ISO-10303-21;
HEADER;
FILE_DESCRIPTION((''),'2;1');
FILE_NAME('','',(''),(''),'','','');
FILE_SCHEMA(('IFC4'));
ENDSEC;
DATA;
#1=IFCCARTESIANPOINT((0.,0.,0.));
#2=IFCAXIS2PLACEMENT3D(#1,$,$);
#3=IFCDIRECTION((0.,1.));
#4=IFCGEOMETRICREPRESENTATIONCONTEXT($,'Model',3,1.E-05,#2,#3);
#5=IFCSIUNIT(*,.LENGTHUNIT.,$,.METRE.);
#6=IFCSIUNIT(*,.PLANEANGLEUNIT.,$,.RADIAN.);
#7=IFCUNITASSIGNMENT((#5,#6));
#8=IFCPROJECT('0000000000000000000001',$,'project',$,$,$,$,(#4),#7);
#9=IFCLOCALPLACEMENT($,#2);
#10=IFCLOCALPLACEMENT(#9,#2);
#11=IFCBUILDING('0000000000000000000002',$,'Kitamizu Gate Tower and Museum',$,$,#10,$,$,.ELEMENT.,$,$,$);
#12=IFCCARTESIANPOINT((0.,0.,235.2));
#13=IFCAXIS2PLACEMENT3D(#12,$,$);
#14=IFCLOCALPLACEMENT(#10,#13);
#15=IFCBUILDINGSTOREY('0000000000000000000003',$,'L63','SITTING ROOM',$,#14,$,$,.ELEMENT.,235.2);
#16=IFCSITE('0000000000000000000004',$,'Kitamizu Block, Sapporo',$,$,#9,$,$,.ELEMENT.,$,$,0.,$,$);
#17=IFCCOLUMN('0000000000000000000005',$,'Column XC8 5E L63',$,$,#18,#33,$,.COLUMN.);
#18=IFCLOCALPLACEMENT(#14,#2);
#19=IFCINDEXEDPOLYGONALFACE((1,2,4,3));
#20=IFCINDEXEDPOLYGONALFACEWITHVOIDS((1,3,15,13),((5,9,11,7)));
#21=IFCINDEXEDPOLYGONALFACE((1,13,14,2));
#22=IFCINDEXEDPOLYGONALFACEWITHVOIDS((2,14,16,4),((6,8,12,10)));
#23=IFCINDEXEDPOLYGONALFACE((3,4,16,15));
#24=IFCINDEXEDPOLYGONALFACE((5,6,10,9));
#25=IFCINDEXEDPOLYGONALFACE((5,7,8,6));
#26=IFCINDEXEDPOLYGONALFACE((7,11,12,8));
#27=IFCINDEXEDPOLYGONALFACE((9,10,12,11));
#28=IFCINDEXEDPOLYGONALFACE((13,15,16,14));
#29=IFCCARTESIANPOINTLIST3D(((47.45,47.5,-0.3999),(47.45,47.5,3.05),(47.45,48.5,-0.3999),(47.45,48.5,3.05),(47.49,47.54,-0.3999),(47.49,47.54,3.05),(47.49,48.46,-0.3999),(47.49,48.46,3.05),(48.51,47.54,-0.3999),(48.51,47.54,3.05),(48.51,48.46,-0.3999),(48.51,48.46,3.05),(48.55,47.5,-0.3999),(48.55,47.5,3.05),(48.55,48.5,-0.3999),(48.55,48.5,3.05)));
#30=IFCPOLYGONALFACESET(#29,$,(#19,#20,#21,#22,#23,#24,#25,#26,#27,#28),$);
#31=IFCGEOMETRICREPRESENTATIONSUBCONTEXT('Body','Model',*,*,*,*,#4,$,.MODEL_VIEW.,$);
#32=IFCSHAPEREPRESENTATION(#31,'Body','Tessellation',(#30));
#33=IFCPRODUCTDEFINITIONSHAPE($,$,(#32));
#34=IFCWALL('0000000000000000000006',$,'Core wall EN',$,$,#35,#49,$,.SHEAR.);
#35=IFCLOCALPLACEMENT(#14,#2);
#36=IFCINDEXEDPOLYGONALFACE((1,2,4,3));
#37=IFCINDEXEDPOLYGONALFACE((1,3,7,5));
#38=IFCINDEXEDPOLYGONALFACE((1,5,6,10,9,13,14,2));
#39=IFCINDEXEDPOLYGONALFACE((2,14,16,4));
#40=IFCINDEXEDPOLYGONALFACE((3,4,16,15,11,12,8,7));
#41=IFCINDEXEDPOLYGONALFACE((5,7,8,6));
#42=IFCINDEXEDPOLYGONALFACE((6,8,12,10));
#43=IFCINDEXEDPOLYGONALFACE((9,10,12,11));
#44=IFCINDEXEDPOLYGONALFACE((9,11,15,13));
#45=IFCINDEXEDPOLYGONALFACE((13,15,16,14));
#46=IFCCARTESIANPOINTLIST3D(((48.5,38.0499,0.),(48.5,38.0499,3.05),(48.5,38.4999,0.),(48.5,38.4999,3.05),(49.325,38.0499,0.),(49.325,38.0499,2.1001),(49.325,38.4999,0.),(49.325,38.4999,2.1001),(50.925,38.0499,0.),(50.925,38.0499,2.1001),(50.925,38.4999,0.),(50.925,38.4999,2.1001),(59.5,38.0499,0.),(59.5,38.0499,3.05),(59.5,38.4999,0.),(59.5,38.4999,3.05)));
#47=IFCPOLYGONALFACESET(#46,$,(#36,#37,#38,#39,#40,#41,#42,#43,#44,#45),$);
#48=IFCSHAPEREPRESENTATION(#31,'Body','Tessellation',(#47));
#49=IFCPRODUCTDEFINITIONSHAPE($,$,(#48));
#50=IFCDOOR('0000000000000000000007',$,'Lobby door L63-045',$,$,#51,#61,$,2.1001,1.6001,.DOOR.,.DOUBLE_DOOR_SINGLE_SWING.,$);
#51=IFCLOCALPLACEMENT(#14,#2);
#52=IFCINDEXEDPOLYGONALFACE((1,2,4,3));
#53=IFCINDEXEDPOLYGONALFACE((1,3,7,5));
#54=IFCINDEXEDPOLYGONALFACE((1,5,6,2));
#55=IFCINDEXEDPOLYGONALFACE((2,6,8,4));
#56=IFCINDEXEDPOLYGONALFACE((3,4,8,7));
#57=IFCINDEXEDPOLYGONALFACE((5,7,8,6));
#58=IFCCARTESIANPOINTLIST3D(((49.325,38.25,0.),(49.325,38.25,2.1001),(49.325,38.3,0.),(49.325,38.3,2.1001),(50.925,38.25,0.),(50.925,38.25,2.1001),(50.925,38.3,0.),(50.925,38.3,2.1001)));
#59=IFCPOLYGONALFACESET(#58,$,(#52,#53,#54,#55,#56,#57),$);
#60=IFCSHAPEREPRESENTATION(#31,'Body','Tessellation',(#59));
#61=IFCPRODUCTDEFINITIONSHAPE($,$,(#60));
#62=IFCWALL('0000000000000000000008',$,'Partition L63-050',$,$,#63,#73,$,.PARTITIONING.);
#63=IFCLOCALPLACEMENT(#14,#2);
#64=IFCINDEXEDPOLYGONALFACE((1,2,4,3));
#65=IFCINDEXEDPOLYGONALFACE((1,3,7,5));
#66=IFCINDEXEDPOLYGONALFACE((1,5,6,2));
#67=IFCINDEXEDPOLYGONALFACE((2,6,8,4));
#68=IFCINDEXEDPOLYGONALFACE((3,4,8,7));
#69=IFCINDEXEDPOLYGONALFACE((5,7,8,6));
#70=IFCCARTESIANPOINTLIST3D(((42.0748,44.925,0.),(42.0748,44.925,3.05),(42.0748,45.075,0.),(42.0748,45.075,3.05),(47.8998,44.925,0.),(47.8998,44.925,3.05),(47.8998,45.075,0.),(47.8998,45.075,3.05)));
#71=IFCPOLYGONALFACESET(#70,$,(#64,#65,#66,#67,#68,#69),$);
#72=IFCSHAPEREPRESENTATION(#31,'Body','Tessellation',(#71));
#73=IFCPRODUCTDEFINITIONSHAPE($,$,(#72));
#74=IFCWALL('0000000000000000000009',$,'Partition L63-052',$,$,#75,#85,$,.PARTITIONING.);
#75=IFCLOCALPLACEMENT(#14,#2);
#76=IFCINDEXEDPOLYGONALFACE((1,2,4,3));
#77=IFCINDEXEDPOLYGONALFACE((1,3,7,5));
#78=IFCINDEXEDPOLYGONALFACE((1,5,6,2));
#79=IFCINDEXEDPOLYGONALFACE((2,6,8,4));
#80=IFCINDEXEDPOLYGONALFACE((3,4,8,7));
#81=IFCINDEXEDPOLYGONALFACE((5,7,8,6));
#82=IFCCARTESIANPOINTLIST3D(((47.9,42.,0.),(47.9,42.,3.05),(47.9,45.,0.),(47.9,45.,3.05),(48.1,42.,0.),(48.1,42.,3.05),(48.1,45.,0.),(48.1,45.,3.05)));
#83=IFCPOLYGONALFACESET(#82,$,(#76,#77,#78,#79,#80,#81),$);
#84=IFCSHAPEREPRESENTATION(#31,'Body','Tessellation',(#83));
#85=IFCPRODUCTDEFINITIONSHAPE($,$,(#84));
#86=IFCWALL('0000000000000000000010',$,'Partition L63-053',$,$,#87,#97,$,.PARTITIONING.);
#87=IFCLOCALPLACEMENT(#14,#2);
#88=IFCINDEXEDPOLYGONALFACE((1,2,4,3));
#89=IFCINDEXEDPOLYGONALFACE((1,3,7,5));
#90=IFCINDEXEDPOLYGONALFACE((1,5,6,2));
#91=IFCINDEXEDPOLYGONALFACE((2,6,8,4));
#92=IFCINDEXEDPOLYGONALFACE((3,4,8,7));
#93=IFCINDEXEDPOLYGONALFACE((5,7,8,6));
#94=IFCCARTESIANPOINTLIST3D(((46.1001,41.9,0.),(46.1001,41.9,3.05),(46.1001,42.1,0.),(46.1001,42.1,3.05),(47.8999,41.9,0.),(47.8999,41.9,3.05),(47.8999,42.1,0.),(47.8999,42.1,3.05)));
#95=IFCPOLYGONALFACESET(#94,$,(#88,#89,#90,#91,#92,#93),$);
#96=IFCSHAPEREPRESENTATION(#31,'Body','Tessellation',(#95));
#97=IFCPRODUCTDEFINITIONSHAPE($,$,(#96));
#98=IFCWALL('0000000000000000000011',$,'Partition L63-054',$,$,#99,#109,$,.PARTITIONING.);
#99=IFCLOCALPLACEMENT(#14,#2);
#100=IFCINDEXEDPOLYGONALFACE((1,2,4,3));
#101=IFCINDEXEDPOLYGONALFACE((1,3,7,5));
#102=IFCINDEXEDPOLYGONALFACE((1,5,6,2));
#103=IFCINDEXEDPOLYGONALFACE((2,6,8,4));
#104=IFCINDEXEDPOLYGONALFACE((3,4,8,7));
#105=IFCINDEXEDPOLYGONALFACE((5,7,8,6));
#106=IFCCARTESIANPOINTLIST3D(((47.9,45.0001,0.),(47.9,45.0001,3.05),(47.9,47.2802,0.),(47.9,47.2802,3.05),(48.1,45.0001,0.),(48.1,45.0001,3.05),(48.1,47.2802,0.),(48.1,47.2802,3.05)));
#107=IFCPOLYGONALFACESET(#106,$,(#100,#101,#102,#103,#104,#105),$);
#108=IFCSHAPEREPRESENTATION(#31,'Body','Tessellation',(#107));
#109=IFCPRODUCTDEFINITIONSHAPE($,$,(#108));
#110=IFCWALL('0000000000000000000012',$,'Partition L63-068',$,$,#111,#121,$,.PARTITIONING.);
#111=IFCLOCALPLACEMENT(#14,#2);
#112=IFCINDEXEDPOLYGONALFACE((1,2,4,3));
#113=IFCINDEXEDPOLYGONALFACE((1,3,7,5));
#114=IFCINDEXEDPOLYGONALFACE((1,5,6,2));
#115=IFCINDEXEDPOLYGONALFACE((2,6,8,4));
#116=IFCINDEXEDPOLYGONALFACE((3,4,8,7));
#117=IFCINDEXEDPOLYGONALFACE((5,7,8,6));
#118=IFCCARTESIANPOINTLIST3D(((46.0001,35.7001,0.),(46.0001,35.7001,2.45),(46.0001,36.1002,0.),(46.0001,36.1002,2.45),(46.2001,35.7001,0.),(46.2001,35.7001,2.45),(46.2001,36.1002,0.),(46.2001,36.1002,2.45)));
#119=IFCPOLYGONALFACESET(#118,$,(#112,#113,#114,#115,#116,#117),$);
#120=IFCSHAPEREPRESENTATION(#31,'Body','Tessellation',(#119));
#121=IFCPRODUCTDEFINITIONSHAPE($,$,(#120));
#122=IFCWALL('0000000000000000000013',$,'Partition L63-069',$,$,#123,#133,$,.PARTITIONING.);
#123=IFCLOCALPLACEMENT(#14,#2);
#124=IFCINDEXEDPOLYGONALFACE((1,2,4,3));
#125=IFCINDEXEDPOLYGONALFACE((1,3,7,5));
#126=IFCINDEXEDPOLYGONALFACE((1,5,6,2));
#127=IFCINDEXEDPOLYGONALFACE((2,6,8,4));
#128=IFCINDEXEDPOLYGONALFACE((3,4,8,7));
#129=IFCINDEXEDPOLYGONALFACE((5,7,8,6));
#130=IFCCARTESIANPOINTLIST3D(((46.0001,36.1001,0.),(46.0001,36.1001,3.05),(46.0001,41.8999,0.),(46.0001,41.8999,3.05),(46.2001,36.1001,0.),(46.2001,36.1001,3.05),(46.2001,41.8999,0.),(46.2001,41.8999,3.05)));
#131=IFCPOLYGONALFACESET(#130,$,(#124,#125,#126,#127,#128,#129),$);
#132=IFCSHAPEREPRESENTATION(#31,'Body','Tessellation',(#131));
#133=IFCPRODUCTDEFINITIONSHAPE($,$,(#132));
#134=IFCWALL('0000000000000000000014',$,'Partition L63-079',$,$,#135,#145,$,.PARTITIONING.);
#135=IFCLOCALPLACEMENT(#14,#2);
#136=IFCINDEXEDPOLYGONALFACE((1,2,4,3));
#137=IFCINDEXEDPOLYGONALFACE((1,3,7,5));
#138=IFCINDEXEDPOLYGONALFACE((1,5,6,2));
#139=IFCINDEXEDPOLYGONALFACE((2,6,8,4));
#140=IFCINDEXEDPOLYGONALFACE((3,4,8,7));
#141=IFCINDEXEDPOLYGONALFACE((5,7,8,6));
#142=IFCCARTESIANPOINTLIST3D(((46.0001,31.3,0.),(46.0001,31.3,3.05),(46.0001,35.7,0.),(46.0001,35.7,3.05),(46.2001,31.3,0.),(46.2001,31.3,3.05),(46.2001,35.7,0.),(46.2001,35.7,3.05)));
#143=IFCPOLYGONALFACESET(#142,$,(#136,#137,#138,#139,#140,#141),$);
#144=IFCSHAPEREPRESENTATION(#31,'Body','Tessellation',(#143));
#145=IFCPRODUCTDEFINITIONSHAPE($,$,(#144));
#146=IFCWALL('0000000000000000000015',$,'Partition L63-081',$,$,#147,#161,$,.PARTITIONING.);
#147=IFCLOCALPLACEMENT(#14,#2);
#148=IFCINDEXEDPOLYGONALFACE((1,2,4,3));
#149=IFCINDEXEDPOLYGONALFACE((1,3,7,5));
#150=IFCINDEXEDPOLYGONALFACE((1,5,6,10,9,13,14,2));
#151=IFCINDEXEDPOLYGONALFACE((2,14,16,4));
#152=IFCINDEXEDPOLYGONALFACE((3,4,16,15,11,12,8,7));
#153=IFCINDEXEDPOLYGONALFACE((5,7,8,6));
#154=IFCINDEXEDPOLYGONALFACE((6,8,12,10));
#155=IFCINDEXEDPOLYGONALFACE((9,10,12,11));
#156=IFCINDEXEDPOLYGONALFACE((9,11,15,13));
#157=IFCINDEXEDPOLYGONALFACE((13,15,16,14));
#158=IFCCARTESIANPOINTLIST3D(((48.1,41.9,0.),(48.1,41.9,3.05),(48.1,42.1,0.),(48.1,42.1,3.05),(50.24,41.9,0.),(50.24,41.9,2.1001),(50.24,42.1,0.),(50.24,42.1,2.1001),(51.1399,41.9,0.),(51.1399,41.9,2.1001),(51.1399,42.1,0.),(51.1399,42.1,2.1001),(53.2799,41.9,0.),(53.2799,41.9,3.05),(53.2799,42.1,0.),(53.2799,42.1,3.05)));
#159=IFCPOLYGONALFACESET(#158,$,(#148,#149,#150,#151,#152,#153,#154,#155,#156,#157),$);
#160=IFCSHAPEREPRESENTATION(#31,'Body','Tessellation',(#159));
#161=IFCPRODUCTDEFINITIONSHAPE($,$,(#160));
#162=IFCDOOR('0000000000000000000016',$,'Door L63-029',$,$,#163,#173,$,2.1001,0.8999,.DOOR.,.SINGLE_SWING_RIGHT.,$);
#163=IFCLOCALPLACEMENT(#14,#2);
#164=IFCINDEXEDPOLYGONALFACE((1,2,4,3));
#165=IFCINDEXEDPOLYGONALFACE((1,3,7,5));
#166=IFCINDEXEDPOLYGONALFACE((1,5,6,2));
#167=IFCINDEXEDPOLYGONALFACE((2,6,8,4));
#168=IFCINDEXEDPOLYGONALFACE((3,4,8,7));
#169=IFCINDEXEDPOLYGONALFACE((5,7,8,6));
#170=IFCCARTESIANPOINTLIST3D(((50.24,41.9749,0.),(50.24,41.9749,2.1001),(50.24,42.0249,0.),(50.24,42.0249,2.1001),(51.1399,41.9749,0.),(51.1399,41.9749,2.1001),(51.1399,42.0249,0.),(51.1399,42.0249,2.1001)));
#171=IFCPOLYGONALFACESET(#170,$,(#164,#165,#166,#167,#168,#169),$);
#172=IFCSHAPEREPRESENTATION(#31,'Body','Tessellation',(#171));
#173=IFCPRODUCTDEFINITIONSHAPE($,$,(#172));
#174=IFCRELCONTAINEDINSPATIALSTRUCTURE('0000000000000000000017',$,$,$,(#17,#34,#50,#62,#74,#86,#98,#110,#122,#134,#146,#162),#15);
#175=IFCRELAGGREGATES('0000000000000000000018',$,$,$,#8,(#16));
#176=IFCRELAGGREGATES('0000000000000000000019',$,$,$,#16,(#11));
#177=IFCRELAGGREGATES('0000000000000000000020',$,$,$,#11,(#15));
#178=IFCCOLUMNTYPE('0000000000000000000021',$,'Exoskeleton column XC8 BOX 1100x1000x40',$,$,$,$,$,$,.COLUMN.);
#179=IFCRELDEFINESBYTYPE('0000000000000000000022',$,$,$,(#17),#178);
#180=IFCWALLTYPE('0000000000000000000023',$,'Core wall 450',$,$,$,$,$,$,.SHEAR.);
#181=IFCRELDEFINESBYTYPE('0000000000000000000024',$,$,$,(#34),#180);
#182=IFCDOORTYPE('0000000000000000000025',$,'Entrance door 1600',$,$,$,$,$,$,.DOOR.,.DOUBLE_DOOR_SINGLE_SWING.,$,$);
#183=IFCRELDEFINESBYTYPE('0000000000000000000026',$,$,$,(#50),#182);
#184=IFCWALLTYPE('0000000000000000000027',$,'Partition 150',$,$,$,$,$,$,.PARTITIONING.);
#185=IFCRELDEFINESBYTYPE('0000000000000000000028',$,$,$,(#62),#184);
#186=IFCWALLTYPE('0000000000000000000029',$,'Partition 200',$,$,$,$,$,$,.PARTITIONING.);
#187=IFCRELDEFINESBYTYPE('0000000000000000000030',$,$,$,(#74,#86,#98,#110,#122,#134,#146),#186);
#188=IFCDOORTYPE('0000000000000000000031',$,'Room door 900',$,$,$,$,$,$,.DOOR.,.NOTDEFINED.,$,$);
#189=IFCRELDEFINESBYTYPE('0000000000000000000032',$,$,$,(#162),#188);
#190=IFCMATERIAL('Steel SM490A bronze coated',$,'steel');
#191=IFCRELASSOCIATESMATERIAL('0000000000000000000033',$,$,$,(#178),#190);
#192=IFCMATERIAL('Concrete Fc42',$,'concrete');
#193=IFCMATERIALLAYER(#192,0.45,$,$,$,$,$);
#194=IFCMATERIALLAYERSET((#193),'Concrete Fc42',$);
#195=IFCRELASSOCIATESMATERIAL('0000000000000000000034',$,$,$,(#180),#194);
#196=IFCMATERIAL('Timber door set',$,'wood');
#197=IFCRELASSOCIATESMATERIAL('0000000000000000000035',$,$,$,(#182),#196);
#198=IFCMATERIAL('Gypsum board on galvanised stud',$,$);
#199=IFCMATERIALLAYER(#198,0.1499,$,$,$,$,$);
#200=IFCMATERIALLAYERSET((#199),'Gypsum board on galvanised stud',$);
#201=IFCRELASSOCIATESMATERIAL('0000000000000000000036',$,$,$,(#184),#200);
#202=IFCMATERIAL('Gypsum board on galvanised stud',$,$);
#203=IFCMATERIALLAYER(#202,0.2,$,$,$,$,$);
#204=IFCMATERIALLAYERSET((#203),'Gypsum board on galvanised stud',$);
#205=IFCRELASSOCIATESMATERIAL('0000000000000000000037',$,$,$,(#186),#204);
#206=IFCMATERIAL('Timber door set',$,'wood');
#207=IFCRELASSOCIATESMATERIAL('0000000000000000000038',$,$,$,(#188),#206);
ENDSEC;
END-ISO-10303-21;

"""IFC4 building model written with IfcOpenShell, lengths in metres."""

from ifc_helpers import new_model, si_unit, direction, frame, frame_2d, origin, origin_2d, place, context, subcontext, project, spatial, rectangle, hollow_rectangle, extrude, material, layer, layer_set, material_profile, profile_set, type_object, element, fill, save


model = new_model("IFC4")

# Units and contexts
model_context = context("Model", 3, precision=1e-05, world=origin(), true_north=direction((0.0, 1.0)))
body_context = subcontext(model_context, "Body", "Model", "MODEL_VIEW")
ifc_project = project(units=[si_unit("LENGTHUNIT", "METRE"), si_unit("PLANEANGLEUNIT", "RADIAN")], contexts=[model_context])

# Site, building, storey
site_placement = place(None, origin())
site = spatial("IfcSite", under=ifc_project, at=site_placement, Name="Kitamizu Block, Sapporo", CompositionType="ELEMENT", RefElevation=0.0)
building_placement = place(site_placement, origin())
building = spatial("IfcBuilding", under=site, at=building_placement, Name="Kitamizu Gate Tower and Museum", CompositionType="ELEMENT")
storey_placement = place(building_placement, frame((0.0, 0.0, 235.2)))
storey = spatial("IfcBuildingStorey", under=building, at=storey_placement, Name="L63", Description="SITTING ROOM", CompositionType="ELEMENT", Elevation=235.2)

# Column
ifc_material_1 = material(Name="Steel SM490A bronze coated", Category="steel")
ifc_material_profile = material_profile(ifc_material_1, hollow_rectangle(XDim=1.1001, YDim=1.0, WallThickness=0.04, at=origin_2d()), Name="BOX 1100x1000x40")
ifc_profile_set = profile_set([ifc_material_profile], Name="Steel SM490A bronze coated")
column_type = type_object("IfcColumnType", Name="Exoskeleton column XC8 BOX 1100x1000x40", PredefinedType="COLUMN", material=ifc_profile_set)
column_placement = place(storey_placement, frame((48.0, 48.0, -0.3999), z_axis=(0.0, 0.0, 1.0), x_axis=(1.0, 0.0, 0.0)))
element("IfcColumn", 1, at=column_placement, inside=storey, type_object=column_type, Name="Column XC8 5E L63", PredefinedType="COLUMN", context=body_context, shape_type="SweptSolid", body=[
    extrude(hollow_rectangle(XDim=1.1001, YDim=1.0, WallThickness=0.04, at=origin_2d()), origin(), (0.0, 0.0, 1.0), 3.45),
])

# Wall, opening, door
ifc_material_2 = material(Name="Concrete Fc42", Category="concrete")
ifc_layer_1 = layer(ifc_material_2, 0.45)
ifc_layer_set_1 = layer_set([ifc_layer_1], Name="Concrete Fc42")
wall_type_1 = type_object("IfcWallType", Name="Core wall 450", PredefinedType="SHEAR", material=ifc_layer_set_1)
wall_1_placement = place(storey_placement, frame((59.5, 38.2749, 0.0), z_axis=(0.0, 0.0, 1.0), x_axis=(-1.0, 0.0, 0.0)))
wall_1 = element("IfcWall", 2, at=wall_1_placement, inside=storey, type_object=wall_type_1, Name="Core wall EN", PredefinedType="SHEAR", context=body_context, shape_type="SweptSolid", body=[
    extrude(rectangle(XDim=11.0, YDim=0.45, at=frame_2d((5.5, 0.0))), origin(), (0.0, 0.0, 1.0), 3.05),
])
opening_1_placement = place(wall_1_placement, frame((8.575, 0.0, 0.0)))
opening_1 = element("IfcOpeningElement", 3, at=opening_1_placement, cuts=wall_1, PredefinedType="OPENING", context=body_context, shape_type="SweptSolid", body=[
    extrude(rectangle(XDim=1.6001, YDim=2.1001, at=frame_2d((0.8, 1.05))), frame((0.0, 0.2349, 0.0), z_axis=(0.0, -1.0, 0.0), x_axis=(1.0, 0.0, 0.0)), (0.0, 0.0, 1.0), 0.47),
])
ifc_material_3 = material(Name="Timber door set", Category="wood")
door_type_1 = type_object("IfcDoorType", Name="Entrance door 1600", OperationType="DOUBLE_DOOR_SINGLE_SWING", PredefinedType="DOOR", material=ifc_material_3)
door_1_placement = place(opening_1_placement, origin())
door_1 = element("IfcDoor", 4, at=door_1_placement, inside=storey, type_object=door_type_1, Name="Lobby door L63-045", OperationType="DOUBLE_DOOR_SINGLE_SWING", OverallHeight=2.1001, OverallWidth=1.6001, PredefinedType="DOOR", context=body_context, shape_type="SweptSolid", body=[
    extrude(rectangle(XDim=1.6001, YDim=2.1001, at=frame_2d((0.8, 1.05))), frame((0.0, 0.0249, 0.0), z_axis=(0.0, -1.0, 0.0), x_axis=(1.0, 0.0, 0.0)), (0.0, 0.0, 1.0), 0.05),
])
fill(opening_1, door_1)

# Walls
ifc_material_4 = material(Name="Gypsum board on galvanised stud")
ifc_layer_2 = layer(ifc_material_4, 0.1499)
ifc_layer_set_2 = layer_set([ifc_layer_2], Name="Gypsum board on galvanised stud")
wall_type_2 = type_object("IfcWallType", Name="Partition 150", PredefinedType="PARTITIONING", material=ifc_layer_set_2)
wall_2_placement = place(storey_placement, frame((47.8999, 45.0, 0.0), z_axis=(0.0, 0.0, 1.0), x_axis=(-1.0, 0.0, 0.0)))
element("IfcWall", 5, at=wall_2_placement, inside=storey, type_object=wall_type_2, Name="Partition L63-050", PredefinedType="PARTITIONING", context=body_context, shape_type="SweptSolid", body=[
    extrude(rectangle(XDim=5.825, YDim=0.1499, at=frame_2d((2.9126, 0.0))), origin(), (0.0, 0.0, 1.0), 3.05),
])
ifc_material_5 = material(Name="Gypsum board on galvanised stud")
ifc_layer_3 = layer(ifc_material_5, 0.2)
ifc_layer_set_3 = layer_set([ifc_layer_3], Name="Gypsum board on galvanised stud")
wall_type_3 = type_object("IfcWallType", Name="Partition 200", PredefinedType="PARTITIONING", material=ifc_layer_set_3)
wall_3_placement = place(storey_placement, frame((48.0, 42.0, 0.0), z_axis=(0.0, 0.0, 1.0), x_axis=(0.0, 1.0, 0.0)))
element("IfcWall", 6, at=wall_3_placement, inside=storey, type_object=wall_type_3, Name="Partition L63-052", PredefinedType="PARTITIONING", context=body_context, shape_type="SweptSolid", body=[
    extrude(rectangle(XDim=3.0, YDim=0.2, at=frame_2d((1.5, 0.0))), origin(), (0.0, 0.0, 1.0), 3.05),
])
wall_4_placement = place(storey_placement, frame((46.1001, 42.0, 0.0), z_axis=(0.0, 0.0, 1.0), x_axis=(1.0, 0.0, 0.0)))
element("IfcWall", 7, at=wall_4_placement, inside=storey, type_object=wall_type_3, Name="Partition L63-053", PredefinedType="PARTITIONING", context=body_context, shape_type="SweptSolid", body=[
    extrude(rectangle(XDim=1.7998, YDim=0.2, at=frame_2d((0.8999, 0.0))), origin(), (0.0, 0.0, 1.0), 3.05),
])
wall_5_placement = place(storey_placement, frame((48.0, 45.0, 0.0), z_axis=(0.0, 0.0, 1.0), x_axis=(0.0, 1.0, 0.0)))
element("IfcWall", 8, at=wall_5_placement, inside=storey, type_object=wall_type_3, Name="Partition L63-054", PredefinedType="PARTITIONING", context=body_context, shape_type="SweptSolid", body=[
    extrude(rectangle(XDim=2.28, YDim=0.2, at=frame_2d((1.1401, 0.0))), origin(), (0.0, 0.0, 1.0), 3.05),
])
wall_6_placement = place(storey_placement, frame((46.1001, 35.7, 0.0), z_axis=(0.0, 0.0, 1.0), x_axis=(0.0, 1.0, 0.0)))
element("IfcWall", 9, at=wall_6_placement, inside=storey, type_object=wall_type_3, Name="Partition L63-068", PredefinedType="PARTITIONING", context=body_context, shape_type="SweptSolid", body=[
    extrude(rectangle(XDim=0.4001, YDim=0.2, at=frame_2d((0.2002, 0.0))), origin(), (0.0, 0.0, 1.0), 2.45),
])
wall_7_placement = place(storey_placement, frame((46.1001, 36.1001, 0.0), z_axis=(0.0, 0.0, 1.0), x_axis=(0.0, 1.0, 0.0)))
element("IfcWall", 10, at=wall_7_placement, inside=storey, type_object=wall_type_3, Name="Partition L63-069", PredefinedType="PARTITIONING", context=body_context, shape_type="SweptSolid", body=[
    extrude(rectangle(XDim=5.7998, YDim=0.2, at=frame_2d((2.8999, 0.0))), origin(), (0.0, 0.0, 1.0), 3.05),
])
wall_8_placement = place(storey_placement, frame((46.1001, 31.3, 0.0), z_axis=(0.0, 0.0, 1.0), x_axis=(0.0, 1.0, 0.0)))
element("IfcWall", 11, at=wall_8_placement, inside=storey, type_object=wall_type_3, Name="Partition L63-079", PredefinedType="PARTITIONING", context=body_context, shape_type="SweptSolid", body=[
    extrude(rectangle(XDim=4.3999, YDim=0.2, at=frame_2d((2.2, 0.0))), origin(), (0.0, 0.0, 1.0), 3.05),
])

# Wall, opening, door
wall_9_placement = place(storey_placement, frame((48.1001, 42.0, 0.0), z_axis=(0.0, 0.0, 1.0), x_axis=(1.0, 0.0, 0.0)))
wall_9 = element("IfcWall", 12, at=wall_9_placement, inside=storey, type_object=wall_type_3, Name="Partition L63-081", PredefinedType="PARTITIONING", context=body_context, shape_type="SweptSolid", body=[
    extrude(rectangle(XDim=5.1799, YDim=0.2, at=frame_2d((2.5898, 0.0))), origin(), (0.0, 0.0, 1.0), 3.05),
])
opening_2_placement = place(wall_9_placement, frame((2.1399, 0.0, 0.0)))
opening_2 = element("IfcOpeningElement", 13, at=opening_2_placement, cuts=wall_9, PredefinedType="OPENING", context=body_context, shape_type="SweptSolid", body=[
    extrude(rectangle(XDim=0.8999, YDim=2.1001, at=frame_2d((0.45, 1.05))), frame((0.0, 0.1099, 0.0), z_axis=(0.0, -1.0, 0.0), x_axis=(1.0, 0.0, 0.0)), (0.0, 0.0, 1.0), 0.22),
])
ifc_material_6 = material(Name="Timber door set", Category="wood")
door_type_2 = type_object("IfcDoorType", Name="Room door 900", OperationType="NOTDEFINED", PredefinedType="DOOR", material=ifc_material_6)
door_2_placement = place(opening_2_placement, origin())
door_2 = element("IfcDoor", 14, at=door_2_placement, inside=storey, type_object=door_type_2, Name="Door L63-029", OperationType="SINGLE_SWING_RIGHT", OverallHeight=2.1001, OverallWidth=0.8999, PredefinedType="DOOR", context=body_context, shape_type="SweptSolid", body=[
    extrude(rectangle(XDim=0.8999, YDim=2.1001, at=frame_2d((0.45, 1.05))), frame((0.0, 0.0249, 0.0), z_axis=(0.0, -1.0, 0.0), x_axis=(1.0, 0.0, 0.0)), (0.0, 0.0, 1.0), 0.05),
])
fill(opening_2, door_2)

save(model, "model.ifc")
